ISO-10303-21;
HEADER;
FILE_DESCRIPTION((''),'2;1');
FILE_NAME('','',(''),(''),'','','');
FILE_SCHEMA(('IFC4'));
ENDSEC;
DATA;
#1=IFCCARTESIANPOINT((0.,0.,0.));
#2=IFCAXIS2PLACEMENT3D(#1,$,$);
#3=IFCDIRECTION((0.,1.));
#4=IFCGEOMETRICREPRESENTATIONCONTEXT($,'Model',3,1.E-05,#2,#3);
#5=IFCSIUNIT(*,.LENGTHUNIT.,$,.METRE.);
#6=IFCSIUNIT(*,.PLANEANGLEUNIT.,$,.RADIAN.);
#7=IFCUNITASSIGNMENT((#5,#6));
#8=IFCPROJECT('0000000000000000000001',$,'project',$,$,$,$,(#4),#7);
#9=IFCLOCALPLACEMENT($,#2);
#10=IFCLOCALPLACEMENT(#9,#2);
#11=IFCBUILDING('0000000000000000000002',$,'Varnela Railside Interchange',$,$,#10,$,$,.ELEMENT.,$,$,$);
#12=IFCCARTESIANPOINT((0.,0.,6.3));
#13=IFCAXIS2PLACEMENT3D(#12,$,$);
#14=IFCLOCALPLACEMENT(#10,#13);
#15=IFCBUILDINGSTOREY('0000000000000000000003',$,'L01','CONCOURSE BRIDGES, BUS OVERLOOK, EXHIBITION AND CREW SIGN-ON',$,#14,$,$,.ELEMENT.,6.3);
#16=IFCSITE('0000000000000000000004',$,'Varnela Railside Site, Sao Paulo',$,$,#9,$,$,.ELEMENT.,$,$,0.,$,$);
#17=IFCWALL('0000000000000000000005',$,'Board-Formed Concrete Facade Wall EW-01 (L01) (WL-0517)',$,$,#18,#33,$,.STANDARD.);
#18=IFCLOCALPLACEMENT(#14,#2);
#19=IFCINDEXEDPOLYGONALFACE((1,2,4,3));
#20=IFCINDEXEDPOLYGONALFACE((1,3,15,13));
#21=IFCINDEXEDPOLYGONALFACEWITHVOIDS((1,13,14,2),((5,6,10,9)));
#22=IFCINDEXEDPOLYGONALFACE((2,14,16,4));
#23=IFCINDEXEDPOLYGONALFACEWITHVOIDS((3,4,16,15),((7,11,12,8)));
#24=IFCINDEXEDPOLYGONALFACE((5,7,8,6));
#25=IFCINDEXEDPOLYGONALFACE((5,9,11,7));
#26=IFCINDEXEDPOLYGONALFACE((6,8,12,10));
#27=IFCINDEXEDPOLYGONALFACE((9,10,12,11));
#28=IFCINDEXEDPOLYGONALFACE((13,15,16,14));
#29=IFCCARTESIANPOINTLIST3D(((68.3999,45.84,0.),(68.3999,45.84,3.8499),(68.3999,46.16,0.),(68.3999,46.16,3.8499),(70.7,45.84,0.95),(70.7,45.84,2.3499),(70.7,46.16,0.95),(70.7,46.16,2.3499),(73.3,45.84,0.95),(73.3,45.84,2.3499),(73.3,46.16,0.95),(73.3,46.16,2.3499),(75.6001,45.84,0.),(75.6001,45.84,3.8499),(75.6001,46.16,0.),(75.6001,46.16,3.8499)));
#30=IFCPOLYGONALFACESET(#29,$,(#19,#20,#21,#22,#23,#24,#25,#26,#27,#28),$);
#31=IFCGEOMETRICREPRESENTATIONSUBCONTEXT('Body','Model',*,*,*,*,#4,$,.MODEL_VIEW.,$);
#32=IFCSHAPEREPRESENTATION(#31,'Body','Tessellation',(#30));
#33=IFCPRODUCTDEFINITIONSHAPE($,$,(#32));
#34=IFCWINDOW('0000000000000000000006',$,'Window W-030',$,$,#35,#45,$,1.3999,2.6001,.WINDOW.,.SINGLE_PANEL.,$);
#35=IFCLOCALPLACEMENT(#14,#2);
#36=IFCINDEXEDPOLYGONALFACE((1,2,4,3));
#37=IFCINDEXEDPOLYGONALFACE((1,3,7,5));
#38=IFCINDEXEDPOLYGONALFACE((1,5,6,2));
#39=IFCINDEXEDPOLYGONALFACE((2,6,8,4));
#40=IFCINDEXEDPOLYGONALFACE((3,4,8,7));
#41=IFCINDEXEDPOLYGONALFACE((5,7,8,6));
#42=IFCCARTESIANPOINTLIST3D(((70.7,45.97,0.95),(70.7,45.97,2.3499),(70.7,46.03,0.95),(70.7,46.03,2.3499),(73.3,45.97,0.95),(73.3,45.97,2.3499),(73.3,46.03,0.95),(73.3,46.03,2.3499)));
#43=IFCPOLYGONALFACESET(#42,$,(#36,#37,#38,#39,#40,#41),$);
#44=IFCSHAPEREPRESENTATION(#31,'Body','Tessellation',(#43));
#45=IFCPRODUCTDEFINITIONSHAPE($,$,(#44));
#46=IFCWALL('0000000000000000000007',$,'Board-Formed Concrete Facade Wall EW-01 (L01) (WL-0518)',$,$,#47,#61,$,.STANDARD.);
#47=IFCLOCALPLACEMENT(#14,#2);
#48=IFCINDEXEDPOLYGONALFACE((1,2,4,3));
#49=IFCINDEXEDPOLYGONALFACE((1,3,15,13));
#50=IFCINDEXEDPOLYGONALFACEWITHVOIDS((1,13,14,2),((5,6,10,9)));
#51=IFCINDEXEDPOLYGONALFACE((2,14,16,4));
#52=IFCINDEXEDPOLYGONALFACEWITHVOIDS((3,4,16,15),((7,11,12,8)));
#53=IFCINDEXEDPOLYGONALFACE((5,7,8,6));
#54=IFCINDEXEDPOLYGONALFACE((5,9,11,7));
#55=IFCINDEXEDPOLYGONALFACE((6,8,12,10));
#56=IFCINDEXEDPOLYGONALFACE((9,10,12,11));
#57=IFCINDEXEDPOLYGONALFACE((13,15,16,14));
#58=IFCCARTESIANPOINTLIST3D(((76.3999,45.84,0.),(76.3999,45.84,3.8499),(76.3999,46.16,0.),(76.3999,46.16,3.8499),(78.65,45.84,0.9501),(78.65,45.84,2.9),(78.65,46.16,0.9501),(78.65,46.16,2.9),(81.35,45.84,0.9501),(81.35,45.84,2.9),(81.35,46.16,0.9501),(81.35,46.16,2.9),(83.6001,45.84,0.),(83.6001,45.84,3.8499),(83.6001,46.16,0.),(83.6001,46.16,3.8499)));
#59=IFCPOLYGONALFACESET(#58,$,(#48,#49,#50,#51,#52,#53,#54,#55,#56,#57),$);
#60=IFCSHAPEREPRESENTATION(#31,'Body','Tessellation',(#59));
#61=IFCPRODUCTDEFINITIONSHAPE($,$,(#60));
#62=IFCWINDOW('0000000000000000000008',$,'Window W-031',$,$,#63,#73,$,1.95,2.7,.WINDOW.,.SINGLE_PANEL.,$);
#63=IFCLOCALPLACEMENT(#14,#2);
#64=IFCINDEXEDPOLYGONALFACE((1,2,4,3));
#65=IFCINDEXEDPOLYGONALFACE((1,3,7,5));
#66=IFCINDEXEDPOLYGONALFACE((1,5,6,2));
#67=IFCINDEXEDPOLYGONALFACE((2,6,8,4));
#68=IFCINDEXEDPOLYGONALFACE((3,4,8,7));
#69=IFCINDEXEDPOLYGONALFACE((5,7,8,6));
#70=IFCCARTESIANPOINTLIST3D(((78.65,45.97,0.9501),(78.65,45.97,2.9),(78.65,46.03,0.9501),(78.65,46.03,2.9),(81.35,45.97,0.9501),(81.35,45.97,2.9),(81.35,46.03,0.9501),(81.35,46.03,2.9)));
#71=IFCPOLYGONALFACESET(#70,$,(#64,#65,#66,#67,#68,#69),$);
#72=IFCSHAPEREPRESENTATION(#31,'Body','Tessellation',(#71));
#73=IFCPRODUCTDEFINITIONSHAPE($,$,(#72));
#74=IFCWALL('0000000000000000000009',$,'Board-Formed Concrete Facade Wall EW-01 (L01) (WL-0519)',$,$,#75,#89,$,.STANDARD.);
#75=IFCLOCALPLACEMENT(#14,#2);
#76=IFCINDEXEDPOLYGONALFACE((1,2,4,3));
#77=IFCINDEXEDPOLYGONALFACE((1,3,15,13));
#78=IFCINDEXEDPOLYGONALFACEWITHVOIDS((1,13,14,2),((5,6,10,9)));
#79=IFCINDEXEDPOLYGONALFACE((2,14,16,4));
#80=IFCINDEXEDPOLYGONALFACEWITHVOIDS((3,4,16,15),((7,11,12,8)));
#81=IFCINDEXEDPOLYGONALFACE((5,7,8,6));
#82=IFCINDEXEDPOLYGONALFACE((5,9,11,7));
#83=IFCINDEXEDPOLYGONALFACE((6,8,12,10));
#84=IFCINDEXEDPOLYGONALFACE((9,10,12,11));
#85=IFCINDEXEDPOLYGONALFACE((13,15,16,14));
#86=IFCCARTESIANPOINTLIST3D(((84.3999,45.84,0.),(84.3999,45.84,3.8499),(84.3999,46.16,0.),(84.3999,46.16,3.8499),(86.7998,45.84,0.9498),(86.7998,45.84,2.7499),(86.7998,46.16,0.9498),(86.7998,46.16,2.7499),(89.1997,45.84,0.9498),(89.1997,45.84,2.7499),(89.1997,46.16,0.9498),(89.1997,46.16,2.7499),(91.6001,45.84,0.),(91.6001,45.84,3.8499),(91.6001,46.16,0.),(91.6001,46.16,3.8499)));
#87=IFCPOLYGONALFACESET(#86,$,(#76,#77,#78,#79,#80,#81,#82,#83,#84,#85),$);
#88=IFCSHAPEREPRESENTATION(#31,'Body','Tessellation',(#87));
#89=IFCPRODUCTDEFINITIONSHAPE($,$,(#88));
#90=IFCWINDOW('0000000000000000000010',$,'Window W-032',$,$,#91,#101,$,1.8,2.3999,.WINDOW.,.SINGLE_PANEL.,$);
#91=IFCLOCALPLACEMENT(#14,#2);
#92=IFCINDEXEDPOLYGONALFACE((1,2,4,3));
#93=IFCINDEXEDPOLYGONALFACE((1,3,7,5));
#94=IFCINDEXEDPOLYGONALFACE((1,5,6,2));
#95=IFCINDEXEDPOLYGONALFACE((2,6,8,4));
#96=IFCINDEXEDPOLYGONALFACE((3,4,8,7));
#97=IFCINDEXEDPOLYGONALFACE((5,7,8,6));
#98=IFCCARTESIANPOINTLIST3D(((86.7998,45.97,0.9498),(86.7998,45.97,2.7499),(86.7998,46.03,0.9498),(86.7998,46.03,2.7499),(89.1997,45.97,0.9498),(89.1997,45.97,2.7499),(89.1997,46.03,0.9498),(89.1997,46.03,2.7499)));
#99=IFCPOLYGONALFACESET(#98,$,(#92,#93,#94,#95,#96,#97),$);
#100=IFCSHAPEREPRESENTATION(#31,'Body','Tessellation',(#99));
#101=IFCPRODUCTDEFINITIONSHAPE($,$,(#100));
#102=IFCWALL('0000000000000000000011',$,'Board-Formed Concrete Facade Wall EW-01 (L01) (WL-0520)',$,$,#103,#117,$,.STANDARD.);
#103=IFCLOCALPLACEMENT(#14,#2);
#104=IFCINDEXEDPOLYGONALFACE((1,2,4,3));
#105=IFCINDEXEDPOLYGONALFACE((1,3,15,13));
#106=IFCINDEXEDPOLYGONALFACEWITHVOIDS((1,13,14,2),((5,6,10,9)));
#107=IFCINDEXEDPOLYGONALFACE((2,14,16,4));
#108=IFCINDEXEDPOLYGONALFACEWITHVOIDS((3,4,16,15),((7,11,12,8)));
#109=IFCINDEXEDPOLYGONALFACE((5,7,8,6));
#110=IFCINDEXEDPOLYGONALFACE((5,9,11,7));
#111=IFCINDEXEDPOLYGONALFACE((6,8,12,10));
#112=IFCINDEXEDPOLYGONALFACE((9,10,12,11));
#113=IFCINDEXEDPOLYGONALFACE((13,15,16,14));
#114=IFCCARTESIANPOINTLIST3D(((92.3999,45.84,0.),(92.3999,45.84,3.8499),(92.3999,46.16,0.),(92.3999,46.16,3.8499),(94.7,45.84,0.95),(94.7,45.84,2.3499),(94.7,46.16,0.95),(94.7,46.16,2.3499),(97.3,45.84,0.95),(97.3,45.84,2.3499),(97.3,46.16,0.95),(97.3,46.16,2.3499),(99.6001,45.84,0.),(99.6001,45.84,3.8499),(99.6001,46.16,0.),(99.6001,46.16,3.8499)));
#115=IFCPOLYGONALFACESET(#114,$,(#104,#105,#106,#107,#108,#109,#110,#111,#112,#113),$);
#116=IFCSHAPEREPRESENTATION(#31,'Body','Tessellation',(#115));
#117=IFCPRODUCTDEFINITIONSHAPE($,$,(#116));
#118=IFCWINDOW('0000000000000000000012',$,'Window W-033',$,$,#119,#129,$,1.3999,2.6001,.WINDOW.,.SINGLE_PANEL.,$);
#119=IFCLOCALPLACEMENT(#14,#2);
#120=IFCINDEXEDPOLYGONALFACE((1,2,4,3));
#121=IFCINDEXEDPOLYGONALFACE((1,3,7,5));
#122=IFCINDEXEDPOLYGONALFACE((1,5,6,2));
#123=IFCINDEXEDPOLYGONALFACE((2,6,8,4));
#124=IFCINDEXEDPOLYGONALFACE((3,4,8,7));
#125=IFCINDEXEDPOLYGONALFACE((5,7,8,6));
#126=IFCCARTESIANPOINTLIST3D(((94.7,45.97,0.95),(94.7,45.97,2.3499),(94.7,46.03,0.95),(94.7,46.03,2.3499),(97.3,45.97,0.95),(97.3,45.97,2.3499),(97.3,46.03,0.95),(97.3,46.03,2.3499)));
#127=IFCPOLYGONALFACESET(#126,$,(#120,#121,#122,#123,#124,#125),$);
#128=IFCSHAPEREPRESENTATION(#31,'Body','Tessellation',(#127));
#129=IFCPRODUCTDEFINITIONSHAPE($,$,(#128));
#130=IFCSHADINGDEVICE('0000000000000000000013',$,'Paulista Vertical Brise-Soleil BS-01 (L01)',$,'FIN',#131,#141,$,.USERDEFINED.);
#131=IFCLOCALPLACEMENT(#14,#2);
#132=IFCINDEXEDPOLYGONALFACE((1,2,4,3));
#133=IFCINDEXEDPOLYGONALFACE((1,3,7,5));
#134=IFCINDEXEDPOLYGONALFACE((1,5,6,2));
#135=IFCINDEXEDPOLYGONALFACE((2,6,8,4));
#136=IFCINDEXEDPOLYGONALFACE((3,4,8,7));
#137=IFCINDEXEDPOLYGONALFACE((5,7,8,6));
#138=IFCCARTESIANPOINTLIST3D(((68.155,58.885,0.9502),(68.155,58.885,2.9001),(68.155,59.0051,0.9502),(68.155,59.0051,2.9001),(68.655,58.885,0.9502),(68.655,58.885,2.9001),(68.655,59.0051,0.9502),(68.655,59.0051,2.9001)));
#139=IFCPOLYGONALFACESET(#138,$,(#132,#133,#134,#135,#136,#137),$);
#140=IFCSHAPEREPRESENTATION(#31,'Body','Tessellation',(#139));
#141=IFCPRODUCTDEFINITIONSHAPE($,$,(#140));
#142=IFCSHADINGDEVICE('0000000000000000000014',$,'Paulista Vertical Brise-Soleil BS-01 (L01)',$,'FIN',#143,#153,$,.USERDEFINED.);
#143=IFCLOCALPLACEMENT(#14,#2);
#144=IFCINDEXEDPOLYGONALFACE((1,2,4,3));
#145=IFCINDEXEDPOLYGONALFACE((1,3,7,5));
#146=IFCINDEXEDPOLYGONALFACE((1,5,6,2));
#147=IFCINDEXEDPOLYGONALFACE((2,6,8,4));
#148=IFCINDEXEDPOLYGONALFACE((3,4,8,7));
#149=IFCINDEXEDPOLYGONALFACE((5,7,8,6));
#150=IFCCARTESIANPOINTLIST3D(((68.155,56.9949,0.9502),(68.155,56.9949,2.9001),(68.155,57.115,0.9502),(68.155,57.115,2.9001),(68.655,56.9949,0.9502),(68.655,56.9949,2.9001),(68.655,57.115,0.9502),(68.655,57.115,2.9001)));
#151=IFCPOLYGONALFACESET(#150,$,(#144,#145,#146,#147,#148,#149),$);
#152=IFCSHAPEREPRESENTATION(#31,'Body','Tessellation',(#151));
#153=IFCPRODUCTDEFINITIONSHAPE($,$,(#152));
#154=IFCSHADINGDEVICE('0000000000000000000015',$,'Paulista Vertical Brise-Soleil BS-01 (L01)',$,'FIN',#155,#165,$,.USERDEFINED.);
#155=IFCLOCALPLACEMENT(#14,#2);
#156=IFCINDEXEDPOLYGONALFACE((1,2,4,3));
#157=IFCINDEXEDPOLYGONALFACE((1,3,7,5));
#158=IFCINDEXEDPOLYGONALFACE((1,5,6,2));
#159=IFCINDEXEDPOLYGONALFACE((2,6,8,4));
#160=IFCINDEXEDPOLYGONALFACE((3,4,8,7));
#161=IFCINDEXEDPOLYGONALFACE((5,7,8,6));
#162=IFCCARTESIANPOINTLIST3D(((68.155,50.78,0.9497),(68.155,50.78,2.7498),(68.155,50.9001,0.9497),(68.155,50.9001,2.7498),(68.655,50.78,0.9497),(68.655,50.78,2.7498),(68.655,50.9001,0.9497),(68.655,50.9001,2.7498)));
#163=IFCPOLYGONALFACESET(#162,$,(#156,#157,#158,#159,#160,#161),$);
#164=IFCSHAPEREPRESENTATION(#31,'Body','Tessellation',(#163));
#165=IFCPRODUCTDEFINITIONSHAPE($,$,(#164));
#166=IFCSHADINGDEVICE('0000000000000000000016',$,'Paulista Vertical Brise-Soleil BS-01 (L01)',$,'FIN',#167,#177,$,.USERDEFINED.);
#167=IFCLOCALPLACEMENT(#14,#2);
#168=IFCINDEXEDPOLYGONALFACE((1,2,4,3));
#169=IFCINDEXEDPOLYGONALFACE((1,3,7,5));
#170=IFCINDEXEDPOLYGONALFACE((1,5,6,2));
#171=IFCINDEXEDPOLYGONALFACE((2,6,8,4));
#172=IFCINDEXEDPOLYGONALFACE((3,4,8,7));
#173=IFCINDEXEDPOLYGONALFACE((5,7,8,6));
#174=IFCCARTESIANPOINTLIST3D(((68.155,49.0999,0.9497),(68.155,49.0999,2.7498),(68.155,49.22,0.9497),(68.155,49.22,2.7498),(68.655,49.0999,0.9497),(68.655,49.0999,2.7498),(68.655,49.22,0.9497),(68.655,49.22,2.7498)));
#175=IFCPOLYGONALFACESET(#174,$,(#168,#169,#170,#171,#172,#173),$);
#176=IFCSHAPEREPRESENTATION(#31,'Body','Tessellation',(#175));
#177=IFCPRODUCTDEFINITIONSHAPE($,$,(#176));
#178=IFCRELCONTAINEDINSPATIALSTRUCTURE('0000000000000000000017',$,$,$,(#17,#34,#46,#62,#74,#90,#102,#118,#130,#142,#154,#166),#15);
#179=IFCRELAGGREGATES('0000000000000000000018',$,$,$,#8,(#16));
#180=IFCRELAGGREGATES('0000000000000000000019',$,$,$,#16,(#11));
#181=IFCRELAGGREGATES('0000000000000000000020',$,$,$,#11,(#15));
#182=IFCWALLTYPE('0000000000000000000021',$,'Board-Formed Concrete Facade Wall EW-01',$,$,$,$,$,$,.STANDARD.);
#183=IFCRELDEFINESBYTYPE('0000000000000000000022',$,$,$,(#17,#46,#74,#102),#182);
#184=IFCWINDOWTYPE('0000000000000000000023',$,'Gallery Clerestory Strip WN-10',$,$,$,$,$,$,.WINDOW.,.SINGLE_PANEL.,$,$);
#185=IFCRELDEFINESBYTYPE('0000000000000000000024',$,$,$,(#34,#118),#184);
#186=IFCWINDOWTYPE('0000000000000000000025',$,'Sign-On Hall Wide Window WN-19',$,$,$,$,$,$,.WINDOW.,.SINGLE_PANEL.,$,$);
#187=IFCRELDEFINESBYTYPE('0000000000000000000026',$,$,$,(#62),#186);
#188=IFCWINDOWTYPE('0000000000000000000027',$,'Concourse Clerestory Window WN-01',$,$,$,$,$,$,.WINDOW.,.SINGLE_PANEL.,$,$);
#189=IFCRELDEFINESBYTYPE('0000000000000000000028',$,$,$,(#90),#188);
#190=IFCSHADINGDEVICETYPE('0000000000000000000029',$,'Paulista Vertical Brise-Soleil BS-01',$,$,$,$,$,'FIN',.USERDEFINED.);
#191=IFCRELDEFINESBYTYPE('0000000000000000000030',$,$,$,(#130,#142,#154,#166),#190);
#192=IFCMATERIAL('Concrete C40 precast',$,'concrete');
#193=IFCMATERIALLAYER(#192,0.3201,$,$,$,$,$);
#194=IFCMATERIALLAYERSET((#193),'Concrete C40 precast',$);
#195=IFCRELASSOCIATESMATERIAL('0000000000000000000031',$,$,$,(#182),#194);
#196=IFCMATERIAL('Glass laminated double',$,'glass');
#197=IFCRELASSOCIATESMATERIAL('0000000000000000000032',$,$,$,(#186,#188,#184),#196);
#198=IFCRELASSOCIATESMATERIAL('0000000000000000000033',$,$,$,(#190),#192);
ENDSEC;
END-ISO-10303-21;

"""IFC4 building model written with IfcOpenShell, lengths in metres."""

from ifc_helpers import new_model, si_unit, direction, frame, frame_2d, origin, origin_2d, place, context, subcontext, project, spatial, rectangle, extrude, material, layer, layer_set, type_object, element, fill, save


model = new_model("IFC4")

# Units and contexts
model_context = context("Model", 3, precision=1e-05, world=origin(), true_north=direction((0.0, 1.0)))
body_context = subcontext(model_context, "Body", "Model", "MODEL_VIEW")
ifc_project = project(units=[si_unit("LENGTHUNIT", "METRE"), si_unit("PLANEANGLEUNIT", "RADIAN")], contexts=[model_context])

# Site, building, storey
site_placement = place(None, origin())
site = spatial("IfcSite", under=ifc_project, at=site_placement, Name="Varnela Railside Site, Sao Paulo", CompositionType="ELEMENT", RefElevation=0.0)
building_placement = place(site_placement, origin())
building = spatial("IfcBuilding", under=site, at=building_placement, Name="Varnela Railside Interchange", CompositionType="ELEMENT")
storey_placement = place(building_placement, frame((0.0, 0.0, 6.3)))
storey = spatial("IfcBuildingStorey", under=building, at=storey_placement, Name="L01", Description="CONCOURSE BRIDGES, BUS OVERLOOK, EXHIBITION AND CREW SIGN-ON", CompositionType="ELEMENT", Elevation=6.3)

# Shared definitions
ifc_material_1 = material(Name="Concrete C40 precast", Category="concrete")

# Walls, openings, windows
ifc_layer = layer(ifc_material_1, 0.3201)
ifc_layer_set = layer_set([ifc_layer], Name="Concrete C40 precast")
wall_type = type_object("IfcWallType", Name="Board-Formed Concrete Facade Wall EW-01", PredefinedType="STANDARD", material=ifc_layer_set)
ifc_material_2 = material(Name="Glass laminated double", Category="glass")
window_type_1 = type_object("IfcWindowType", Name="Sign-On Hall Wide Window WN-19", PartitioningType="SINGLE_PANEL", PredefinedType="WINDOW", material=ifc_material_2)
window_type_2 = type_object("IfcWindowType", Name="Concourse Clerestory Window WN-01", PartitioningType="SINGLE_PANEL", PredefinedType="WINDOW", material=ifc_material_2)
wall_1_placement = place(storey_placement, frame((68.3999, 46.0, 0.0), z_axis=(0.0, 0.0, 1.0), x_axis=(1.0, 0.0, 0.0)))
wall_1 = element("IfcWall", 1, at=wall_1_placement, inside=storey, type_object=wall_type, Name="Board-Formed Concrete Facade Wall EW-01 (L01) (WL-0517)", PredefinedType="STANDARD", context=body_context, shape_type="SweptSolid", body=[
    extrude(rectangle(XDim=7.2002, YDim=0.3201, at=frame_2d((3.6001, 0.0))), origin(), (0.0, 0.0, 1.0), 3.8499),
])
opening_1_placement = place(wall_1_placement, frame((2.3, 0.0, 0.95)))
opening_1 = element("IfcOpeningElement", 2, at=opening_1_placement, cuts=wall_1, PredefinedType="OPENING", context=body_context, shape_type="SweptSolid", body=[
    extrude(rectangle(XDim=2.6001, YDim=1.3999, at=frame_2d((1.3, 0.7))), frame((0.0, 0.1699, 0.0), z_axis=(0.0, -1.0, 0.0), x_axis=(1.0, 0.0, 0.0)), (0.0, 0.0, 1.0), 0.3401),
])
window_type_3 = type_object("IfcWindowType", Name="Gallery Clerestory Strip WN-10", PartitioningType="SINGLE_PANEL", PredefinedType="WINDOW", material=ifc_material_2)
window_1_placement = place(opening_1_placement, origin())
window_1 = element("IfcWindow", 3, at=window_1_placement, inside=storey, type_object=window_type_3, Name="Window W-030", OverallHeight=1.3999, OverallWidth=2.6001, PartitioningType="SINGLE_PANEL", PredefinedType="WINDOW", context=body_context, shape_type="SweptSolid", body=[
    extrude(rectangle(XDim=2.6001, YDim=1.3999, at=frame_2d((1.3, 0.7))), frame((0.0, 0.03, 0.0), z_axis=(0.0, -1.0, 0.0), x_axis=(1.0, 0.0, 0.0)), (0.0, 0.0, 1.0), 0.0601),
])
fill(opening_1, window_1)
wall_2_placement = place(storey_placement, frame((76.3999, 46.0, 0.0), z_axis=(0.0, 0.0, 1.0), x_axis=(1.0, 0.0, 0.0)))
wall_2 = element("IfcWall", 4, at=wall_2_placement, inside=storey, type_object=wall_type, Name="Board-Formed Concrete Facade Wall EW-01 (L01) (WL-0518)", PredefinedType="STANDARD", context=body_context, shape_type="SweptSolid", body=[
    extrude(rectangle(XDim=7.2002, YDim=0.3201, at=frame_2d((3.6001, 0.0))), origin(), (0.0, 0.0, 1.0), 3.8499),
])
opening_2_placement = place(wall_2_placement, frame((2.25, 0.0, 0.95)))
opening_2 = element("IfcOpeningElement", 5, at=opening_2_placement, cuts=wall_2, PredefinedType="OPENING", context=body_context, shape_type="SweptSolid", body=[
    extrude(rectangle(XDim=2.7, YDim=1.95, at=frame_2d((1.3501, 0.9751))), frame((0.0, 0.1699, 0.0), z_axis=(0.0, -1.0, 0.0), x_axis=(1.0, 0.0, 0.0)), (0.0, 0.0, 1.0), 0.3401),
])
window_2_placement = place(opening_2_placement, origin())
window_2 = element("IfcWindow", 6, at=window_2_placement, inside=storey, type_object=window_type_1, Name="Window W-031", OverallHeight=1.95, OverallWidth=2.7, PartitioningType="SINGLE_PANEL", PredefinedType="WINDOW", context=body_context, shape_type="SweptSolid", body=[
    extrude(rectangle(XDim=2.7, YDim=1.95, at=frame_2d((1.3501, 0.9751))), frame((0.0, 0.03, 0.0), z_axis=(0.0, -1.0, 0.0), x_axis=(1.0, 0.0, 0.0)), (0.0, 0.0, 1.0), 0.0601),
])
fill(opening_2, window_2)
wall_3_placement = place(storey_placement, frame((84.3999, 46.0, 0.0), z_axis=(0.0, 0.0, 1.0), x_axis=(1.0, 0.0, 0.0)))
wall_3 = element("IfcWall", 7, at=wall_3_placement, inside=storey, type_object=wall_type, Name="Board-Formed Concrete Facade Wall EW-01 (L01) (WL-0519)", PredefinedType="STANDARD", context=body_context, shape_type="SweptSolid", body=[
    extrude(rectangle(XDim=7.2002, YDim=0.3201, at=frame_2d((3.6001, 0.0))), origin(), (0.0, 0.0, 1.0), 3.8499),
])
opening_3_placement = place(wall_3_placement, frame((2.3999, 0.0, 0.95)))
opening_3 = element("IfcOpeningElement", 8, at=opening_3_placement, cuts=wall_3, PredefinedType="OPENING", context=body_context, shape_type="SweptSolid", body=[
    extrude(rectangle(XDim=2.3999, YDim=1.8, at=frame_2d((1.2, 0.8999))), frame((0.0, 0.1699, 0.0), z_axis=(0.0, -1.0, 0.0), x_axis=(1.0, 0.0, 0.0)), (0.0, 0.0, 1.0), 0.3401),
])
window_3_placement = place(opening_3_placement, origin())
window_3 = element("IfcWindow", 9, at=window_3_placement, inside=storey, type_object=window_type_2, Name="Window W-032", OverallHeight=1.8, OverallWidth=2.3999, PartitioningType="SINGLE_PANEL", PredefinedType="WINDOW", context=body_context, shape_type="SweptSolid", body=[
    extrude(rectangle(XDim=2.3999, YDim=1.8, at=frame_2d((1.2, 0.8999))), frame((0.0, 0.03, 0.0), z_axis=(0.0, -1.0, 0.0), x_axis=(1.0, 0.0, 0.0)), (0.0, 0.0, 1.0), 0.0601),
])
fill(opening_3, window_3)
wall_4_placement = place(storey_placement, frame((92.3999, 46.0, 0.0), z_axis=(0.0, 0.0, 1.0), x_axis=(1.0, 0.0, 0.0)))
wall_4 = element("IfcWall", 10, at=wall_4_placement, inside=storey, type_object=wall_type, Name="Board-Formed Concrete Facade Wall EW-01 (L01) (WL-0520)", PredefinedType="STANDARD", context=body_context, shape_type="SweptSolid", body=[
    extrude(rectangle(XDim=7.2002, YDim=0.3201, at=frame_2d((3.6001, 0.0))), origin(), (0.0, 0.0, 1.0), 3.8499),
])
opening_4_placement = place(wall_4_placement, frame((2.3, 0.0, 0.95)))
opening_4 = element("IfcOpeningElement", 11, at=opening_4_placement, cuts=wall_4, PredefinedType="OPENING", context=body_context, shape_type="SweptSolid", body=[
    extrude(rectangle(XDim=2.6001, YDim=1.3999, at=frame_2d((1.3, 0.7))), frame((0.0, 0.1699, 0.0), z_axis=(0.0, -1.0, 0.0), x_axis=(1.0, 0.0, 0.0)), (0.0, 0.0, 1.0), 0.3401),
])
window_4_placement = place(opening_4_placement, origin())
window_4 = element("IfcWindow", 12, at=window_4_placement, inside=storey, type_object=window_type_3, Name="Window W-033", OverallHeight=1.3999, OverallWidth=2.6001, PartitioningType="SINGLE_PANEL", PredefinedType="WINDOW", context=body_context, shape_type="SweptSolid", body=[
    extrude(rectangle(XDim=2.6001, YDim=1.3999, at=frame_2d((1.3, 0.7))), frame((0.0, 0.03, 0.0), z_axis=(0.0, -1.0, 0.0), x_axis=(1.0, 0.0, 0.0)), (0.0, 0.0, 1.0), 0.0601),
])
fill(opening_4, window_4)

# Shading devices
shading_device_type = type_object("IfcShadingDeviceType", Name="Paulista Vertical Brise-Soleil BS-01", ElementType="FIN", PredefinedType="USERDEFINED", material=ifc_material_1)
for number, where, z_axis, x_axis, name in (
    (13, (68.405, 58.9451, 0.9502), (0.0, 0.0, 1.0), (1.0, 0.0, 0.0), "Paulista Vertical Brise-Soleil BS-01 (L01)"),
    (14, (68.405, 57.0549, 0.9502), (0.0, 0.0, 1.0), (1.0, 0.0, 0.0), "Paulista Vertical Brise-Soleil BS-01 (L01)"),
):
    element("IfcShadingDevice", number, at=place(storey_placement, frame(where, z_axis=z_axis, x_axis=x_axis)), inside=storey, type_object=shading_device_type, Name=name, ObjectType="FIN", PredefinedType="USERDEFINED", context=body_context, shape_type="SweptSolid", body=[
        extrude(rectangle(XDim=0.5, YDim=0.1201, at=origin_2d()), origin(), (0.0, 0.0, 1.0), 1.95),
    ])
for number, where, z_axis, x_axis, name in (
    (15, (68.405, 50.8401, 0.9497), (0.0, 0.0, 1.0), (1.0, 0.0, 0.0), "Paulista Vertical Brise-Soleil BS-01 (L01)"),
    (16, (68.405, 49.1599, 0.9497), (0.0, 0.0, 1.0), (1.0, 0.0, 0.0), "Paulista Vertical Brise-Soleil BS-01 (L01)"),
):
    element("IfcShadingDevice", number, at=place(storey_placement, frame(where, z_axis=z_axis, x_axis=x_axis)), inside=storey, type_object=shading_device_type, Name=name, ObjectType="FIN", PredefinedType="USERDEFINED", context=body_context, shape_type="SweptSolid", body=[
        extrude(rectangle(XDim=0.5, YDim=0.1201, at=origin_2d()), origin(), (0.0, 0.0, 1.0), 1.8),
    ])

save(model, "model.ifc")
